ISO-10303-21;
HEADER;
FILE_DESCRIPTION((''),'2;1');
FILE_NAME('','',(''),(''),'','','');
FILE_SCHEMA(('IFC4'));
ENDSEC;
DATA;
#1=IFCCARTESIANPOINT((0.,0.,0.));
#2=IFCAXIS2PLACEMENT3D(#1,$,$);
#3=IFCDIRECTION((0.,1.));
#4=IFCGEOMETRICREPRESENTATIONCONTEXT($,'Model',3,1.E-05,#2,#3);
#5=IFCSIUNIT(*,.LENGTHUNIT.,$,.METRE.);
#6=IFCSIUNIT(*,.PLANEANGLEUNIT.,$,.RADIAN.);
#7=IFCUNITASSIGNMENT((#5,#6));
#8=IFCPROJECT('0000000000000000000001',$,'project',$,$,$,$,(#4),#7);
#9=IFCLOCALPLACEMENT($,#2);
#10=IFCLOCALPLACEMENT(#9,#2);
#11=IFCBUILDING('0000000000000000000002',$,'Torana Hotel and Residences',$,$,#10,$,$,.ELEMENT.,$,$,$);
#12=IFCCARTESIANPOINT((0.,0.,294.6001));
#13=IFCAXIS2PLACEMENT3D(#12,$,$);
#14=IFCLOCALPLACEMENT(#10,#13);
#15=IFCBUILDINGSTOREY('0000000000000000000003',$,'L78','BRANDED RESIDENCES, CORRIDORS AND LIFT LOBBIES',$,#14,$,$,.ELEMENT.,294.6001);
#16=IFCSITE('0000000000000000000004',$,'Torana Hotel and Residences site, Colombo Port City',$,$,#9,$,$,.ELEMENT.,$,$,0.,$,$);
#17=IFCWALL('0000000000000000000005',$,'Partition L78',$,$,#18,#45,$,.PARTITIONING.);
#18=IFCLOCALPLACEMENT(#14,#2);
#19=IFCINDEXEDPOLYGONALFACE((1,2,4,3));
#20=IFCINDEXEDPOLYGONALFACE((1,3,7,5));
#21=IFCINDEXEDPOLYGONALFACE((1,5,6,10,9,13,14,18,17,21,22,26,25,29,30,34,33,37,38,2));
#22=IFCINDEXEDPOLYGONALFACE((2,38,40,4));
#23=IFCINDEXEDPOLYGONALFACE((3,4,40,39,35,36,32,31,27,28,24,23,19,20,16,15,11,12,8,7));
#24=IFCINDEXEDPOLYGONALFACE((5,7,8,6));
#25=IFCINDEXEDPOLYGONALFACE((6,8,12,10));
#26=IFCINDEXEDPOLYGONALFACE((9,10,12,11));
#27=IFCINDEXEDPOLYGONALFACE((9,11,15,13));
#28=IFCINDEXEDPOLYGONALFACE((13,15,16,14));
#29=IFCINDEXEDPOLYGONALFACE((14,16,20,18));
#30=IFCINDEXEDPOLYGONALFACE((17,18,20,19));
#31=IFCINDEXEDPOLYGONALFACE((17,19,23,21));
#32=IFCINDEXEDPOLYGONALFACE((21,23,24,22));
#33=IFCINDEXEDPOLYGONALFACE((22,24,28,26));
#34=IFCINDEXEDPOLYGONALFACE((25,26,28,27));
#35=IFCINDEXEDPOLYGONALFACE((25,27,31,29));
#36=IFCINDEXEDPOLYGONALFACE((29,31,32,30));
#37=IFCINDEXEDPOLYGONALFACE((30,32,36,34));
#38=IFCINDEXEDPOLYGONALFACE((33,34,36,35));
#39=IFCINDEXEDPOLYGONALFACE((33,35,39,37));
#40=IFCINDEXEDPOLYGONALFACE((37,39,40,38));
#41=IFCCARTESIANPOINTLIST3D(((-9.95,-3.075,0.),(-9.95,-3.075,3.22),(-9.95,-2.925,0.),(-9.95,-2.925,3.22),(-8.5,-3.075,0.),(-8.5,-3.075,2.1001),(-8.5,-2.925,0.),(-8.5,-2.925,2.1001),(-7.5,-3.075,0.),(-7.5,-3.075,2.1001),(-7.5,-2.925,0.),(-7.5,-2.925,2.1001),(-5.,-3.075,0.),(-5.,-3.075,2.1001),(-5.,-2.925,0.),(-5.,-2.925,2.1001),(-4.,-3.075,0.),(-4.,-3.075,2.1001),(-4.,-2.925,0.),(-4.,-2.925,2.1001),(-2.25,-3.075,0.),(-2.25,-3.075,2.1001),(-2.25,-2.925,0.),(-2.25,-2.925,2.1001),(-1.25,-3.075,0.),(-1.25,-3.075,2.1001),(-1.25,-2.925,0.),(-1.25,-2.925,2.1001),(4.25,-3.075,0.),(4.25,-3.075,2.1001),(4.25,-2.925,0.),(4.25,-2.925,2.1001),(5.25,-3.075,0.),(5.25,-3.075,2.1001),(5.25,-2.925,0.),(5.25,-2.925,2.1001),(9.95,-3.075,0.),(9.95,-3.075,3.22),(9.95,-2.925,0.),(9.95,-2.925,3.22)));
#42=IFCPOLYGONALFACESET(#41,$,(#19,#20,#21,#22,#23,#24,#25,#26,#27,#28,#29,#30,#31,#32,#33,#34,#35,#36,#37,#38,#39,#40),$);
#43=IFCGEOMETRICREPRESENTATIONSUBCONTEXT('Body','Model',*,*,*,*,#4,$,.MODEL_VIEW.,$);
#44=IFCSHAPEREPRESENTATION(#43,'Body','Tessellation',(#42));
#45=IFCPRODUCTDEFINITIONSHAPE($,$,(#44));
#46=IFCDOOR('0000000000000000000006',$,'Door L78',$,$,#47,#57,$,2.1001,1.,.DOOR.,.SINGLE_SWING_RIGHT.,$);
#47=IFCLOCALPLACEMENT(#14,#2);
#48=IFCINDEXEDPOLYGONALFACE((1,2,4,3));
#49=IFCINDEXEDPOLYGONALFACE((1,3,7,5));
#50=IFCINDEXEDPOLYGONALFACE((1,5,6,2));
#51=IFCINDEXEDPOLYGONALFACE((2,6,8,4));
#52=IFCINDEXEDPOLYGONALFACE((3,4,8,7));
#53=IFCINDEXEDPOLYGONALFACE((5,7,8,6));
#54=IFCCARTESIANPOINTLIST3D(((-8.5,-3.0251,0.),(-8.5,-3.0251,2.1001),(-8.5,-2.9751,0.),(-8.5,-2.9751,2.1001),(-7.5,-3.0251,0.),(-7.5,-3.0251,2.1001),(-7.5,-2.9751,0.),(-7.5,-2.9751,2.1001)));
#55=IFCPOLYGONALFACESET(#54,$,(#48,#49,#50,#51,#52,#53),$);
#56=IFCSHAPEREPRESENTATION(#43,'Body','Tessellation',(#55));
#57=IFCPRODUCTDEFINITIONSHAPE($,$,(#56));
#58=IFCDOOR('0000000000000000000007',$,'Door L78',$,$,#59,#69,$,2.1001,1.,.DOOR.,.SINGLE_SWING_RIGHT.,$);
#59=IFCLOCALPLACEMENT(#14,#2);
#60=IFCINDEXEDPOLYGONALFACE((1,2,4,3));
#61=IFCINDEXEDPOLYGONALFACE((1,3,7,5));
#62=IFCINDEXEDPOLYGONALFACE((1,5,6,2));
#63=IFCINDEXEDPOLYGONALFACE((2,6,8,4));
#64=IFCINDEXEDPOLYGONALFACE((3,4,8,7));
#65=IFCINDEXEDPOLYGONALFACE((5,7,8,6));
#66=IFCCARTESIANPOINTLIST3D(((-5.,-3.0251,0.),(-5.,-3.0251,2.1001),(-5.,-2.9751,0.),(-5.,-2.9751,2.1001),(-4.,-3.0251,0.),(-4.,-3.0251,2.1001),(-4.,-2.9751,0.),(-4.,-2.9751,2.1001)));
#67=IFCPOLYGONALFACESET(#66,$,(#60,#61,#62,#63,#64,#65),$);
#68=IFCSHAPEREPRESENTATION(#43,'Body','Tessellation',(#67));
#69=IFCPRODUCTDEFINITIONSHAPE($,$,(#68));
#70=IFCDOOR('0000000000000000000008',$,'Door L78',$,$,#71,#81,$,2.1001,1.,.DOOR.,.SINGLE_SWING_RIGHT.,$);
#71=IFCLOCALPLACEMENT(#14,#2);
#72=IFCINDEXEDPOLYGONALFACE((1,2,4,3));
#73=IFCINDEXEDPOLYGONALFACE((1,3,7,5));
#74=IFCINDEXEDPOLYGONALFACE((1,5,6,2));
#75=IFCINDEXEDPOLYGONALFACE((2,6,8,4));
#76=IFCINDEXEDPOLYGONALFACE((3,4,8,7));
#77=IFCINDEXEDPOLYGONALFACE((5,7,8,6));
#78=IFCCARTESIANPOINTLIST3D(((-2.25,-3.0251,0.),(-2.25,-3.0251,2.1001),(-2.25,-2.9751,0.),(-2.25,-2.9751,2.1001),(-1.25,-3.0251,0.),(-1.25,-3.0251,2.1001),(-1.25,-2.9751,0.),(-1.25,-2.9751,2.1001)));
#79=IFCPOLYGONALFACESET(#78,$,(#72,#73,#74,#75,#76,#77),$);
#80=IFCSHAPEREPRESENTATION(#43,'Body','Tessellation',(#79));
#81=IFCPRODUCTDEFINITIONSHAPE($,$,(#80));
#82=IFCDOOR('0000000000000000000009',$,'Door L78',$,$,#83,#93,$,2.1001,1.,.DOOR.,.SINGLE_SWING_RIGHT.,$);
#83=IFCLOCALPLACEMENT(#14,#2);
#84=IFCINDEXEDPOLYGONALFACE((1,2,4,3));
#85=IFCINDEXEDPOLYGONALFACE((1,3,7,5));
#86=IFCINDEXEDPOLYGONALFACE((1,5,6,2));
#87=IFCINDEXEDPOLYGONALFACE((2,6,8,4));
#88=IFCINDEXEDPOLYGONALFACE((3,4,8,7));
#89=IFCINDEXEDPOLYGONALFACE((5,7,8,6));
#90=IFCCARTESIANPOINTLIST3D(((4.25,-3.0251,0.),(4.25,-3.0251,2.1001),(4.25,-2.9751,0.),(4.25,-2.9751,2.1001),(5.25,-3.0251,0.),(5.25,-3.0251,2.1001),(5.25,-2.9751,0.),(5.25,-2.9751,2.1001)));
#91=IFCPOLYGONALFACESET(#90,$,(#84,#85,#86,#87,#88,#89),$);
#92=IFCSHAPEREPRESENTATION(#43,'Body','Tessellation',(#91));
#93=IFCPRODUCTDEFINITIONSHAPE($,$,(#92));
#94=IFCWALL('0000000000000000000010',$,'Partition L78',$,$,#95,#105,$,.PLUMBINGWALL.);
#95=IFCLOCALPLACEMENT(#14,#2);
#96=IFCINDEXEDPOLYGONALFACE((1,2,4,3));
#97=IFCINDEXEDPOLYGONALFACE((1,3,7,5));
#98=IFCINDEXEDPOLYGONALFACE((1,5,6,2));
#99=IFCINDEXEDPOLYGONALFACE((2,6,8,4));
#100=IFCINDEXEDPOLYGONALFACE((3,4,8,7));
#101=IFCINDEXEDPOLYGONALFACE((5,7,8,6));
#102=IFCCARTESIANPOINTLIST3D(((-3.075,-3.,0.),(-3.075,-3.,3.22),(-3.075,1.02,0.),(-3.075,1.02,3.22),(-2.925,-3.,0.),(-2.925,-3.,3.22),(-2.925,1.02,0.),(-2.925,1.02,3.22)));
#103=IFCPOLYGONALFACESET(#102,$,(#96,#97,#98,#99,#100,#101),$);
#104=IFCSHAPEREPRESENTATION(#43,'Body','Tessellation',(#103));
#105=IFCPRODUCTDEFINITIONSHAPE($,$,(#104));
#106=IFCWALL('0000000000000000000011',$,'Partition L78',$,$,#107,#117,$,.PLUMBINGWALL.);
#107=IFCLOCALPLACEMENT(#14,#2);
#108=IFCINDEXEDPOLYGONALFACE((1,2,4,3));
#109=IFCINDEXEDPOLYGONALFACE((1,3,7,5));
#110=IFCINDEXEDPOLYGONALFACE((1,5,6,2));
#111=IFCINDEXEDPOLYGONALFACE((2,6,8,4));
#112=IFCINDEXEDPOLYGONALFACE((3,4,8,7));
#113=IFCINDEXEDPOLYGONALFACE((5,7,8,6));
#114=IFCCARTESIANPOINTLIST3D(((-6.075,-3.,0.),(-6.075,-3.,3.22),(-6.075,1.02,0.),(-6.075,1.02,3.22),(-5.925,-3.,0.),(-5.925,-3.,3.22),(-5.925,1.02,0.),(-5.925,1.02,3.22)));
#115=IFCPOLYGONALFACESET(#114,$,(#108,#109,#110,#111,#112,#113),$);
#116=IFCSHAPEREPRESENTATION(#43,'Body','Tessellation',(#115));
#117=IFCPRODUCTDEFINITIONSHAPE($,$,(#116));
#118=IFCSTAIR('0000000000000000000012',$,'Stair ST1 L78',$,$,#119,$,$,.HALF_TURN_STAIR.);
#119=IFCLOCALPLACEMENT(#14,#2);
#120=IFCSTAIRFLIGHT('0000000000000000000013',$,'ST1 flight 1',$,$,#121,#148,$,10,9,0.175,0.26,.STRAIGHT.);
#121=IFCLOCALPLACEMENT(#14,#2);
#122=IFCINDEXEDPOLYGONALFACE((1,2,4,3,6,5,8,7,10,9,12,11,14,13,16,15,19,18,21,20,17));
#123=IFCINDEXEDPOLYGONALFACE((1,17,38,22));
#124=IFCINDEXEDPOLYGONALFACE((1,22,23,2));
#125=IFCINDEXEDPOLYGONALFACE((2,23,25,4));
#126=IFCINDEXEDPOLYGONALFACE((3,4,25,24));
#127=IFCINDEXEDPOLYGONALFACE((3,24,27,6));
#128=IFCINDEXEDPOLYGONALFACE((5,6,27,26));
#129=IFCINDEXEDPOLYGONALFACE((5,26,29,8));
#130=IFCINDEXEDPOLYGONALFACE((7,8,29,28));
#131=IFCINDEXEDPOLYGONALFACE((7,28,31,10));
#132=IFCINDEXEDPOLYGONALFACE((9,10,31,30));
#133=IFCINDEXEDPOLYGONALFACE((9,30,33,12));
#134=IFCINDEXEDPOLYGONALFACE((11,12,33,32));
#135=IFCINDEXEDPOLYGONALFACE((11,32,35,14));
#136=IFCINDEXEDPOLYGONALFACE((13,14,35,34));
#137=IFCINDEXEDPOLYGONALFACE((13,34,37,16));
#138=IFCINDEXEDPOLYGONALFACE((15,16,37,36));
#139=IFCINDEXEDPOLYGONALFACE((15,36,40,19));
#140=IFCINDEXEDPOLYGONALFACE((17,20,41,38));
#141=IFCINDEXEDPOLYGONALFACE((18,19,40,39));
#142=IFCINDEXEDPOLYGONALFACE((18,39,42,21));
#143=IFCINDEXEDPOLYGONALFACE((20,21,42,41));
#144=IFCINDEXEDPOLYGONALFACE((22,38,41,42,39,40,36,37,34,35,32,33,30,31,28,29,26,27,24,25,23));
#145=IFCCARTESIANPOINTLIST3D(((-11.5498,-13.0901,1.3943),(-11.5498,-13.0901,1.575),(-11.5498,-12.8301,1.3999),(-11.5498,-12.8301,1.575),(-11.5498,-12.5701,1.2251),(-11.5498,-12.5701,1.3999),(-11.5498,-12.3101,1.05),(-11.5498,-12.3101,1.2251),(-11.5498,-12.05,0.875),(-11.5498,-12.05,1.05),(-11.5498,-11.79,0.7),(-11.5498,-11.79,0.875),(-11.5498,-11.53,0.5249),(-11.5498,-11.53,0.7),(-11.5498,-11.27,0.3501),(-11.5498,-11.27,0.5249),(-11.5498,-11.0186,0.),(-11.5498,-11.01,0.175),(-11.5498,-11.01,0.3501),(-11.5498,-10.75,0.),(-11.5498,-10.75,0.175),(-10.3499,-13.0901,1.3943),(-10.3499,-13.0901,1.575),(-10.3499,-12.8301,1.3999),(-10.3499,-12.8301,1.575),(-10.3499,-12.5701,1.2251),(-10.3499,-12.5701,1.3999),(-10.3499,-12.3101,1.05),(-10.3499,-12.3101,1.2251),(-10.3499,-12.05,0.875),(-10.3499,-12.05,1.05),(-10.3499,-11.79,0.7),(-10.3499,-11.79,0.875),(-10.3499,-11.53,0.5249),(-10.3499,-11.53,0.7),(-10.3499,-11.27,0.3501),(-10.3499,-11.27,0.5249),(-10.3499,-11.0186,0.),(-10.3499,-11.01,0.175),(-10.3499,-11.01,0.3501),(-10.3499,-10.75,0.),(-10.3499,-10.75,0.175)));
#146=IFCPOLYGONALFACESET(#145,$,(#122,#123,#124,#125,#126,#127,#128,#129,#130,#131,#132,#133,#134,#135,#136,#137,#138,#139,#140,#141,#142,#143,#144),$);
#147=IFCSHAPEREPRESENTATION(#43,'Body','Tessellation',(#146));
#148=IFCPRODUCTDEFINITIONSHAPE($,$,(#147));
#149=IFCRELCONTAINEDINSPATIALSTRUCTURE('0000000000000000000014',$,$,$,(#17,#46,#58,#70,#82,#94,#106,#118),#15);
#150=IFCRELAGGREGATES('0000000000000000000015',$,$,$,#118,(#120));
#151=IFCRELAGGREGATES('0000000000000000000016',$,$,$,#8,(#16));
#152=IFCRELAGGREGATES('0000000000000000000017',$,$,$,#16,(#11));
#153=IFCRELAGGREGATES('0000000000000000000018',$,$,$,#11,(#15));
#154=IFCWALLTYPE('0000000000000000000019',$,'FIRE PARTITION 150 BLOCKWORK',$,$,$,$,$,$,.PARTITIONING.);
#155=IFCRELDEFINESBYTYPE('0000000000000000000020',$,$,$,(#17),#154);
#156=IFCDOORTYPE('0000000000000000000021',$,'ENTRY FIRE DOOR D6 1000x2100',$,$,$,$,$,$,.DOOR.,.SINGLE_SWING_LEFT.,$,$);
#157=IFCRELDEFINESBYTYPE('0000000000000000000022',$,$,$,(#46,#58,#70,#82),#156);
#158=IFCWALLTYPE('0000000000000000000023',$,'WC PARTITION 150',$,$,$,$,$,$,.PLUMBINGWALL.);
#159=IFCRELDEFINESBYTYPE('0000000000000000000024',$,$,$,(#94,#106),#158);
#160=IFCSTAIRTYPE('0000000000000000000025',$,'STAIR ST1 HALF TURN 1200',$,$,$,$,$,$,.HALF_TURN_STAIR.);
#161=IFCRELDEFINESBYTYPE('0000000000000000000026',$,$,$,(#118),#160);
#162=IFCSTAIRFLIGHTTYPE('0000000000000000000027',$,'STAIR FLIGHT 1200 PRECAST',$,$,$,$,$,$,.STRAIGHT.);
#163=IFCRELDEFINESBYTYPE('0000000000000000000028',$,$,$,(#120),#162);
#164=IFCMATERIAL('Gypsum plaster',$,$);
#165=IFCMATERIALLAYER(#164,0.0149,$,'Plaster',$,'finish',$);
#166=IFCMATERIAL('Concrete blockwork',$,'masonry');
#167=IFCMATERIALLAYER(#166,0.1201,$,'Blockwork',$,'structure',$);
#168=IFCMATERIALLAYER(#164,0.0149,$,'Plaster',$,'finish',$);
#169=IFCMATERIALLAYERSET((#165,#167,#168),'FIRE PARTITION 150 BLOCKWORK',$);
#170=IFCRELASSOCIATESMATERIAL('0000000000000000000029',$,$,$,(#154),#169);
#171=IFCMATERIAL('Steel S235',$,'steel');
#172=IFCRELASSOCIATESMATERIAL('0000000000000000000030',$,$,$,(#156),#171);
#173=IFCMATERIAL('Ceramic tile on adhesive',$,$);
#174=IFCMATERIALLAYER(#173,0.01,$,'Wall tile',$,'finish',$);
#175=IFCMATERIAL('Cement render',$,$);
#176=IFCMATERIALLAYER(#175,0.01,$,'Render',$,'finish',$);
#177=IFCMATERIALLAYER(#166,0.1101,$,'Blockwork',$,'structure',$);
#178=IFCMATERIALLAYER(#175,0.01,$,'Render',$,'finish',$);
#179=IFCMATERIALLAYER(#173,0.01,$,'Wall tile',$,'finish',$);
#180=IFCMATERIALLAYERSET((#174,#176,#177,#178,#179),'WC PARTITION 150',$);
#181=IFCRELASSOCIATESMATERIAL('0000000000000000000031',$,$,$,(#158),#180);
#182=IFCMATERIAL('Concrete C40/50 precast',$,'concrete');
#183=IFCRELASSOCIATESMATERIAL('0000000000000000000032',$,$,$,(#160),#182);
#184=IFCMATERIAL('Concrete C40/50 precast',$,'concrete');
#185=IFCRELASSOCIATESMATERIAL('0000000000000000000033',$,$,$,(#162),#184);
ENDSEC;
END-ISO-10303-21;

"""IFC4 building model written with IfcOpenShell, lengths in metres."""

from ifc_helpers import new_model, si_unit, direction, frame, frame_2d, origin, place, context, subcontext, project, spatial, polyline, rectangle, outline, extrude, material, layer, layer_set, type_object, element, fill, aggregate, save


model = new_model("IFC4")

# Units and contexts
model_context = context("Model", 3, precision=1e-05, world=origin(), true_north=direction((0.0, 1.0)))
body_context = subcontext(model_context, "Body", "Model", "MODEL_VIEW")
ifc_project = project(units=[si_unit("LENGTHUNIT", "METRE"), si_unit("PLANEANGLEUNIT", "RADIAN")], contexts=[model_context])

# Site, building, storey
site_placement = place(None, origin())
site = spatial("IfcSite", under=ifc_project, at=site_placement, Name="Torana Hotel and Residences site, Colombo Port City", CompositionType="ELEMENT", RefElevation=0.0)
building_placement = place(site_placement, origin())
building = spatial("IfcBuilding", under=site, at=building_placement, Name="Torana Hotel and Residences", CompositionType="ELEMENT")
storey_placement = place(building_placement, frame((0.0, 0.0, 294.6001)))
storey = spatial("IfcBuildingStorey", under=building, at=storey_placement, Name="L78", Description="BRANDED RESIDENCES, CORRIDORS AND LIFT LOBBIES", CompositionType="ELEMENT", Elevation=294.6001)

# Shared definitions
ifc_material_1 = material(Name="Gypsum plaster")
ifc_layer_1 = layer(ifc_material_1, 0.0149, Name="Plaster", Category="finish")
ifc_material_2 = material(Name="Concrete blockwork", Category="masonry")
ifc_layer_2 = layer(ifc_material_2, 0.1201, Name="Blockwork", Category="structure")
ifc_layer_3 = layer(ifc_material_1, 0.0149, Name="Plaster", Category="finish")
ifc_layer_set_1 = layer_set([ifc_layer_1, ifc_layer_2, ifc_layer_3], Name="FIRE PARTITION 150 BLOCKWORK")
wall_type_1 = type_object("IfcWallType", Name="FIRE PARTITION 150 BLOCKWORK", PredefinedType="PARTITIONING", material=ifc_layer_set_1)

# Wall, openings, doors
ifc_material_3 = material(Name="Steel S235", Category="steel")
door_type_1 = type_object("IfcDoorType", Name="ENTRY FIRE DOOR D6 1000x2100", OperationType="SINGLE_SWING_LEFT", PredefinedType="DOOR", material=ifc_material_3)
wall_1_placement = place(storey_placement, frame((-9.95, -3.0, 0.0), z_axis=(0.0, 0.0, 1.0), x_axis=(1.0, 0.0, 0.0)))
wall_1 = element("IfcWall", 1, at=wall_1_placement, inside=storey, type_object=wall_type_1, Name="Partition L78", PredefinedType="PARTITIONING", context=body_context, shape_type="SweptSolid", body=[
    extrude(rectangle(XDim=19.8999, YDim=0.1499, at=frame_2d((9.95, 0.0))), origin(), (0.0, 0.0, 1.0), 3.22),
])
opening_1_placement = place(wall_1_placement, frame((1.45, 0.0, 0.0)))
opening_1 = element("IfcOpeningElement", 2, at=opening_1_placement, cuts=wall_1, PredefinedType="OPENING", context=body_context, shape_type="SweptSolid", body=[
    extrude(rectangle(XDim=1.0, YDim=2.1001, at=frame_2d((0.5, 1.05))), frame((0.0, 0.085, 0.0), z_axis=(0.0, -1.0, 0.0), x_axis=(1.0, 0.0, 0.0)), (0.0, 0.0, 1.0), 0.1699),
])
opening_2_placement = place(wall_1_placement, frame((4.95, 0.0, 0.0)))
opening_2 = element("IfcOpeningElement", 3, at=opening_2_placement, cuts=wall_1, PredefinedType="OPENING", context=body_context, shape_type="SweptSolid", body=[
    extrude(rectangle(XDim=1.0, YDim=2.1001, at=frame_2d((0.5, 1.05))), frame((0.0, 0.085, 0.0), z_axis=(0.0, -1.0, 0.0), x_axis=(1.0, 0.0, 0.0)), (0.0, 0.0, 1.0), 0.1699),
])
opening_3_placement = place(wall_1_placement, frame((7.7, 0.0, 0.0)))
opening_3 = element("IfcOpeningElement", 4, at=opening_3_placement, cuts=wall_1, PredefinedType="OPENING", context=body_context, shape_type="SweptSolid", body=[
    extrude(rectangle(XDim=1.0, YDim=2.1001, at=frame_2d((0.5, 1.05))), frame((0.0, 0.085, 0.0), z_axis=(0.0, -1.0, 0.0), x_axis=(1.0, 0.0, 0.0)), (0.0, 0.0, 1.0), 0.1699),
])
opening_4_placement = place(wall_1_placement, frame((14.2, 0.0, 0.0)))
opening_4 = element("IfcOpeningElement", 5, at=opening_4_placement, cuts=wall_1, PredefinedType="OPENING", context=body_context, shape_type="SweptSolid", body=[
    extrude(rectangle(XDim=1.0, YDim=2.1001, at=frame_2d((0.5, 1.05))), frame((0.0, 0.085, 0.0), z_axis=(0.0, -1.0, 0.0), x_axis=(1.0, 0.0, 0.0)), (0.0, 0.0, 1.0), 0.1699),
])
door_1_placement = place(opening_1_placement, origin())
door_1 = element("IfcDoor", 6, at=door_1_placement, inside=storey, type_object=door_type_1, Name="Door L78", OperationType="SINGLE_SWING_RIGHT", OverallHeight=2.1001, OverallWidth=1.0, PredefinedType="DOOR", context=body_context, shape_type="SweptSolid", body=[
    extrude(rectangle(XDim=1.0, YDim=2.1001, at=frame_2d((0.5, 1.05))), frame((0.0, 0.0249, 0.0), z_axis=(0.0, -1.0, 0.0), x_axis=(1.0, 0.0, 0.0)), (0.0, 0.0, 1.0), 0.05),
])
fill(opening_1, door_1)
door_2_placement = place(opening_2_placement, origin())
door_2 = element("IfcDoor", 7, at=door_2_placement, inside=storey, type_object=door_type_1, Name="Door L78", OperationType="SINGLE_SWING_RIGHT", OverallHeight=2.1001, OverallWidth=1.0, PredefinedType="DOOR", context=body_context, shape_type="SweptSolid", body=[
    extrude(rectangle(XDim=1.0, YDim=2.1001, at=frame_2d((0.5, 1.05))), frame((0.0, 0.0249, 0.0), z_axis=(0.0, -1.0, 0.0), x_axis=(1.0, 0.0, 0.0)), (0.0, 0.0, 1.0), 0.05),
])
fill(opening_2, door_2)
door_3_placement = place(opening_3_placement, origin())
door_3 = element("IfcDoor", 8, at=door_3_placement, inside=storey, type_object=door_type_1, Name="Door L78", OperationType="SINGLE_SWING_RIGHT", OverallHeight=2.1001, OverallWidth=1.0, PredefinedType="DOOR", context=body_context, shape_type="SweptSolid", body=[
    extrude(rectangle(XDim=1.0, YDim=2.1001, at=frame_2d((0.5, 1.05))), frame((0.0, 0.0249, 0.0), z_axis=(0.0, -1.0, 0.0), x_axis=(1.0, 0.0, 0.0)), (0.0, 0.0, 1.0), 0.05),
])
fill(opening_3, door_3)
door_4_placement = place(opening_4_placement, origin())
door_4 = element("IfcDoor", 9, at=door_4_placement, inside=storey, type_object=door_type_1, Name="Door L78", OperationType="SINGLE_SWING_RIGHT", OverallHeight=2.1001, OverallWidth=1.0, PredefinedType="DOOR", context=body_context, shape_type="SweptSolid", body=[
    extrude(rectangle(XDim=1.0, YDim=2.1001, at=frame_2d((0.5, 1.05))), frame((0.0, 0.0249, 0.0), z_axis=(0.0, -1.0, 0.0), x_axis=(1.0, 0.0, 0.0)), (0.0, 0.0, 1.0), 0.05),
])
fill(opening_4, door_4)

# Walls
ifc_material_4 = material(Name="Ceramic tile on adhesive")
ifc_layer_4 = layer(ifc_material_4, 0.01, Name="Wall tile", Category="finish")
ifc_material_5 = material(Name="Cement render")
ifc_layer_5 = layer(ifc_material_5, 0.01, Name="Render", Category="finish")
ifc_layer_6 = layer(ifc_material_2, 0.1101, Name="Blockwork", Category="structure")
ifc_layer_7 = layer(ifc_material_5, 0.01, Name="Render", Category="finish")
ifc_layer_8 = layer(ifc_material_4, 0.01, Name="Wall tile", Category="finish")
ifc_layer_set_2 = layer_set([ifc_layer_4, ifc_layer_5, ifc_layer_6, ifc_layer_7, ifc_layer_8], Name="WC PARTITION 150")
wall_type_2 = type_object("IfcWallType", Name="WC PARTITION 150", PredefinedType="PLUMBINGWALL", material=ifc_layer_set_2)
for number, where, z_axis, x_axis, name in (
    (10, (-3.0, -3.0, 0.0), (0.0, 0.0, 1.0), (0.0, 1.0, 0.0), "Partition L78"),
    (11, (-6.0, -3.0, 0.0), (0.0, 0.0, 1.0), (0.0, 1.0, 0.0), "Partition L78"),
):
    element("IfcWall", number, at=place(storey_placement, frame(where, z_axis=z_axis, x_axis=x_axis)), inside=storey, type_object=wall_type_2, Name=name, PredefinedType="PLUMBINGWALL", context=body_context, shape_type="SweptSolid", body=[
        extrude(rectangle(XDim=4.02, YDim=0.1499, at=frame_2d((2.01, 0.0))), origin(), (0.0, 0.0, 1.0), 3.22),
    ])

# Stair, stair flight
ifc_material_6 = material(Name="Concrete C40/50 precast", Category="concrete")
stair_type = type_object("IfcStairType", Name="STAIR ST1 HALF TURN 1200", PredefinedType="HALF_TURN_STAIR", material=ifc_material_6)
stair_placement = place(storey_placement, origin())
stair = element("IfcStair", 12, at=stair_placement, inside=storey, type_object=stair_type, Name="Stair ST1 L78", PredefinedType="HALF_TURN_STAIR")
ifc_material_7 = material(Name="Concrete C40/50 precast", Category="concrete")
stair_flight_type = type_object("IfcStairFlightType", Name="STAIR FLIGHT 1200 PRECAST", PredefinedType="STRAIGHT", material=ifc_material_7)
stair_flight_1_placement = place(storey_placement, frame((-10.95, -10.75, 0.0), z_axis=(0.0, 0.0, 1.0), x_axis=(0.0, -1.0, 0.0)))
stair_flight_1 = element("IfcStairFlight", 13, at=stair_flight_1_placement, type_object=stair_flight_type, Name="ST1 flight 1", NumberOfRisers=10, NumberOfTreads=9, PredefinedType="STRAIGHT", RiserHeight=0.175, TreadLength=0.26, context=body_context, shape_type="SweptSolid", body=[
    extrude(outline(polyline([(0.0, 0.0), (0.0, 0.175), (0.26, 0.175), (0.26, 0.3501), (0.52, 0.3501), (0.52, 0.5249), (0.78, 0.5249), (0.78, 0.7), (1.04, 0.7), (1.04, 0.875), (1.3, 0.875), (1.3, 1.05), (1.5601, 1.05), (1.5601, 1.2251), (1.8201, 1.2251), (1.8201, 1.3999), (2.0801, 1.3999), (2.0801, 1.575), (2.3401, 1.575), (2.3401, 1.75), (2.3401, 1.3943), (0.2686, 0.0), (0.0, 0.0)])), frame((0.0, 0.6001, 0.0), z_axis=(0.0, -1.0, 0.0), x_axis=(1.0, 0.0, 0.0)), (0.0, 0.0, 1.0), 1.2),
])
aggregate(stair, [stair_flight_1])

save(model, "model.ifc")
